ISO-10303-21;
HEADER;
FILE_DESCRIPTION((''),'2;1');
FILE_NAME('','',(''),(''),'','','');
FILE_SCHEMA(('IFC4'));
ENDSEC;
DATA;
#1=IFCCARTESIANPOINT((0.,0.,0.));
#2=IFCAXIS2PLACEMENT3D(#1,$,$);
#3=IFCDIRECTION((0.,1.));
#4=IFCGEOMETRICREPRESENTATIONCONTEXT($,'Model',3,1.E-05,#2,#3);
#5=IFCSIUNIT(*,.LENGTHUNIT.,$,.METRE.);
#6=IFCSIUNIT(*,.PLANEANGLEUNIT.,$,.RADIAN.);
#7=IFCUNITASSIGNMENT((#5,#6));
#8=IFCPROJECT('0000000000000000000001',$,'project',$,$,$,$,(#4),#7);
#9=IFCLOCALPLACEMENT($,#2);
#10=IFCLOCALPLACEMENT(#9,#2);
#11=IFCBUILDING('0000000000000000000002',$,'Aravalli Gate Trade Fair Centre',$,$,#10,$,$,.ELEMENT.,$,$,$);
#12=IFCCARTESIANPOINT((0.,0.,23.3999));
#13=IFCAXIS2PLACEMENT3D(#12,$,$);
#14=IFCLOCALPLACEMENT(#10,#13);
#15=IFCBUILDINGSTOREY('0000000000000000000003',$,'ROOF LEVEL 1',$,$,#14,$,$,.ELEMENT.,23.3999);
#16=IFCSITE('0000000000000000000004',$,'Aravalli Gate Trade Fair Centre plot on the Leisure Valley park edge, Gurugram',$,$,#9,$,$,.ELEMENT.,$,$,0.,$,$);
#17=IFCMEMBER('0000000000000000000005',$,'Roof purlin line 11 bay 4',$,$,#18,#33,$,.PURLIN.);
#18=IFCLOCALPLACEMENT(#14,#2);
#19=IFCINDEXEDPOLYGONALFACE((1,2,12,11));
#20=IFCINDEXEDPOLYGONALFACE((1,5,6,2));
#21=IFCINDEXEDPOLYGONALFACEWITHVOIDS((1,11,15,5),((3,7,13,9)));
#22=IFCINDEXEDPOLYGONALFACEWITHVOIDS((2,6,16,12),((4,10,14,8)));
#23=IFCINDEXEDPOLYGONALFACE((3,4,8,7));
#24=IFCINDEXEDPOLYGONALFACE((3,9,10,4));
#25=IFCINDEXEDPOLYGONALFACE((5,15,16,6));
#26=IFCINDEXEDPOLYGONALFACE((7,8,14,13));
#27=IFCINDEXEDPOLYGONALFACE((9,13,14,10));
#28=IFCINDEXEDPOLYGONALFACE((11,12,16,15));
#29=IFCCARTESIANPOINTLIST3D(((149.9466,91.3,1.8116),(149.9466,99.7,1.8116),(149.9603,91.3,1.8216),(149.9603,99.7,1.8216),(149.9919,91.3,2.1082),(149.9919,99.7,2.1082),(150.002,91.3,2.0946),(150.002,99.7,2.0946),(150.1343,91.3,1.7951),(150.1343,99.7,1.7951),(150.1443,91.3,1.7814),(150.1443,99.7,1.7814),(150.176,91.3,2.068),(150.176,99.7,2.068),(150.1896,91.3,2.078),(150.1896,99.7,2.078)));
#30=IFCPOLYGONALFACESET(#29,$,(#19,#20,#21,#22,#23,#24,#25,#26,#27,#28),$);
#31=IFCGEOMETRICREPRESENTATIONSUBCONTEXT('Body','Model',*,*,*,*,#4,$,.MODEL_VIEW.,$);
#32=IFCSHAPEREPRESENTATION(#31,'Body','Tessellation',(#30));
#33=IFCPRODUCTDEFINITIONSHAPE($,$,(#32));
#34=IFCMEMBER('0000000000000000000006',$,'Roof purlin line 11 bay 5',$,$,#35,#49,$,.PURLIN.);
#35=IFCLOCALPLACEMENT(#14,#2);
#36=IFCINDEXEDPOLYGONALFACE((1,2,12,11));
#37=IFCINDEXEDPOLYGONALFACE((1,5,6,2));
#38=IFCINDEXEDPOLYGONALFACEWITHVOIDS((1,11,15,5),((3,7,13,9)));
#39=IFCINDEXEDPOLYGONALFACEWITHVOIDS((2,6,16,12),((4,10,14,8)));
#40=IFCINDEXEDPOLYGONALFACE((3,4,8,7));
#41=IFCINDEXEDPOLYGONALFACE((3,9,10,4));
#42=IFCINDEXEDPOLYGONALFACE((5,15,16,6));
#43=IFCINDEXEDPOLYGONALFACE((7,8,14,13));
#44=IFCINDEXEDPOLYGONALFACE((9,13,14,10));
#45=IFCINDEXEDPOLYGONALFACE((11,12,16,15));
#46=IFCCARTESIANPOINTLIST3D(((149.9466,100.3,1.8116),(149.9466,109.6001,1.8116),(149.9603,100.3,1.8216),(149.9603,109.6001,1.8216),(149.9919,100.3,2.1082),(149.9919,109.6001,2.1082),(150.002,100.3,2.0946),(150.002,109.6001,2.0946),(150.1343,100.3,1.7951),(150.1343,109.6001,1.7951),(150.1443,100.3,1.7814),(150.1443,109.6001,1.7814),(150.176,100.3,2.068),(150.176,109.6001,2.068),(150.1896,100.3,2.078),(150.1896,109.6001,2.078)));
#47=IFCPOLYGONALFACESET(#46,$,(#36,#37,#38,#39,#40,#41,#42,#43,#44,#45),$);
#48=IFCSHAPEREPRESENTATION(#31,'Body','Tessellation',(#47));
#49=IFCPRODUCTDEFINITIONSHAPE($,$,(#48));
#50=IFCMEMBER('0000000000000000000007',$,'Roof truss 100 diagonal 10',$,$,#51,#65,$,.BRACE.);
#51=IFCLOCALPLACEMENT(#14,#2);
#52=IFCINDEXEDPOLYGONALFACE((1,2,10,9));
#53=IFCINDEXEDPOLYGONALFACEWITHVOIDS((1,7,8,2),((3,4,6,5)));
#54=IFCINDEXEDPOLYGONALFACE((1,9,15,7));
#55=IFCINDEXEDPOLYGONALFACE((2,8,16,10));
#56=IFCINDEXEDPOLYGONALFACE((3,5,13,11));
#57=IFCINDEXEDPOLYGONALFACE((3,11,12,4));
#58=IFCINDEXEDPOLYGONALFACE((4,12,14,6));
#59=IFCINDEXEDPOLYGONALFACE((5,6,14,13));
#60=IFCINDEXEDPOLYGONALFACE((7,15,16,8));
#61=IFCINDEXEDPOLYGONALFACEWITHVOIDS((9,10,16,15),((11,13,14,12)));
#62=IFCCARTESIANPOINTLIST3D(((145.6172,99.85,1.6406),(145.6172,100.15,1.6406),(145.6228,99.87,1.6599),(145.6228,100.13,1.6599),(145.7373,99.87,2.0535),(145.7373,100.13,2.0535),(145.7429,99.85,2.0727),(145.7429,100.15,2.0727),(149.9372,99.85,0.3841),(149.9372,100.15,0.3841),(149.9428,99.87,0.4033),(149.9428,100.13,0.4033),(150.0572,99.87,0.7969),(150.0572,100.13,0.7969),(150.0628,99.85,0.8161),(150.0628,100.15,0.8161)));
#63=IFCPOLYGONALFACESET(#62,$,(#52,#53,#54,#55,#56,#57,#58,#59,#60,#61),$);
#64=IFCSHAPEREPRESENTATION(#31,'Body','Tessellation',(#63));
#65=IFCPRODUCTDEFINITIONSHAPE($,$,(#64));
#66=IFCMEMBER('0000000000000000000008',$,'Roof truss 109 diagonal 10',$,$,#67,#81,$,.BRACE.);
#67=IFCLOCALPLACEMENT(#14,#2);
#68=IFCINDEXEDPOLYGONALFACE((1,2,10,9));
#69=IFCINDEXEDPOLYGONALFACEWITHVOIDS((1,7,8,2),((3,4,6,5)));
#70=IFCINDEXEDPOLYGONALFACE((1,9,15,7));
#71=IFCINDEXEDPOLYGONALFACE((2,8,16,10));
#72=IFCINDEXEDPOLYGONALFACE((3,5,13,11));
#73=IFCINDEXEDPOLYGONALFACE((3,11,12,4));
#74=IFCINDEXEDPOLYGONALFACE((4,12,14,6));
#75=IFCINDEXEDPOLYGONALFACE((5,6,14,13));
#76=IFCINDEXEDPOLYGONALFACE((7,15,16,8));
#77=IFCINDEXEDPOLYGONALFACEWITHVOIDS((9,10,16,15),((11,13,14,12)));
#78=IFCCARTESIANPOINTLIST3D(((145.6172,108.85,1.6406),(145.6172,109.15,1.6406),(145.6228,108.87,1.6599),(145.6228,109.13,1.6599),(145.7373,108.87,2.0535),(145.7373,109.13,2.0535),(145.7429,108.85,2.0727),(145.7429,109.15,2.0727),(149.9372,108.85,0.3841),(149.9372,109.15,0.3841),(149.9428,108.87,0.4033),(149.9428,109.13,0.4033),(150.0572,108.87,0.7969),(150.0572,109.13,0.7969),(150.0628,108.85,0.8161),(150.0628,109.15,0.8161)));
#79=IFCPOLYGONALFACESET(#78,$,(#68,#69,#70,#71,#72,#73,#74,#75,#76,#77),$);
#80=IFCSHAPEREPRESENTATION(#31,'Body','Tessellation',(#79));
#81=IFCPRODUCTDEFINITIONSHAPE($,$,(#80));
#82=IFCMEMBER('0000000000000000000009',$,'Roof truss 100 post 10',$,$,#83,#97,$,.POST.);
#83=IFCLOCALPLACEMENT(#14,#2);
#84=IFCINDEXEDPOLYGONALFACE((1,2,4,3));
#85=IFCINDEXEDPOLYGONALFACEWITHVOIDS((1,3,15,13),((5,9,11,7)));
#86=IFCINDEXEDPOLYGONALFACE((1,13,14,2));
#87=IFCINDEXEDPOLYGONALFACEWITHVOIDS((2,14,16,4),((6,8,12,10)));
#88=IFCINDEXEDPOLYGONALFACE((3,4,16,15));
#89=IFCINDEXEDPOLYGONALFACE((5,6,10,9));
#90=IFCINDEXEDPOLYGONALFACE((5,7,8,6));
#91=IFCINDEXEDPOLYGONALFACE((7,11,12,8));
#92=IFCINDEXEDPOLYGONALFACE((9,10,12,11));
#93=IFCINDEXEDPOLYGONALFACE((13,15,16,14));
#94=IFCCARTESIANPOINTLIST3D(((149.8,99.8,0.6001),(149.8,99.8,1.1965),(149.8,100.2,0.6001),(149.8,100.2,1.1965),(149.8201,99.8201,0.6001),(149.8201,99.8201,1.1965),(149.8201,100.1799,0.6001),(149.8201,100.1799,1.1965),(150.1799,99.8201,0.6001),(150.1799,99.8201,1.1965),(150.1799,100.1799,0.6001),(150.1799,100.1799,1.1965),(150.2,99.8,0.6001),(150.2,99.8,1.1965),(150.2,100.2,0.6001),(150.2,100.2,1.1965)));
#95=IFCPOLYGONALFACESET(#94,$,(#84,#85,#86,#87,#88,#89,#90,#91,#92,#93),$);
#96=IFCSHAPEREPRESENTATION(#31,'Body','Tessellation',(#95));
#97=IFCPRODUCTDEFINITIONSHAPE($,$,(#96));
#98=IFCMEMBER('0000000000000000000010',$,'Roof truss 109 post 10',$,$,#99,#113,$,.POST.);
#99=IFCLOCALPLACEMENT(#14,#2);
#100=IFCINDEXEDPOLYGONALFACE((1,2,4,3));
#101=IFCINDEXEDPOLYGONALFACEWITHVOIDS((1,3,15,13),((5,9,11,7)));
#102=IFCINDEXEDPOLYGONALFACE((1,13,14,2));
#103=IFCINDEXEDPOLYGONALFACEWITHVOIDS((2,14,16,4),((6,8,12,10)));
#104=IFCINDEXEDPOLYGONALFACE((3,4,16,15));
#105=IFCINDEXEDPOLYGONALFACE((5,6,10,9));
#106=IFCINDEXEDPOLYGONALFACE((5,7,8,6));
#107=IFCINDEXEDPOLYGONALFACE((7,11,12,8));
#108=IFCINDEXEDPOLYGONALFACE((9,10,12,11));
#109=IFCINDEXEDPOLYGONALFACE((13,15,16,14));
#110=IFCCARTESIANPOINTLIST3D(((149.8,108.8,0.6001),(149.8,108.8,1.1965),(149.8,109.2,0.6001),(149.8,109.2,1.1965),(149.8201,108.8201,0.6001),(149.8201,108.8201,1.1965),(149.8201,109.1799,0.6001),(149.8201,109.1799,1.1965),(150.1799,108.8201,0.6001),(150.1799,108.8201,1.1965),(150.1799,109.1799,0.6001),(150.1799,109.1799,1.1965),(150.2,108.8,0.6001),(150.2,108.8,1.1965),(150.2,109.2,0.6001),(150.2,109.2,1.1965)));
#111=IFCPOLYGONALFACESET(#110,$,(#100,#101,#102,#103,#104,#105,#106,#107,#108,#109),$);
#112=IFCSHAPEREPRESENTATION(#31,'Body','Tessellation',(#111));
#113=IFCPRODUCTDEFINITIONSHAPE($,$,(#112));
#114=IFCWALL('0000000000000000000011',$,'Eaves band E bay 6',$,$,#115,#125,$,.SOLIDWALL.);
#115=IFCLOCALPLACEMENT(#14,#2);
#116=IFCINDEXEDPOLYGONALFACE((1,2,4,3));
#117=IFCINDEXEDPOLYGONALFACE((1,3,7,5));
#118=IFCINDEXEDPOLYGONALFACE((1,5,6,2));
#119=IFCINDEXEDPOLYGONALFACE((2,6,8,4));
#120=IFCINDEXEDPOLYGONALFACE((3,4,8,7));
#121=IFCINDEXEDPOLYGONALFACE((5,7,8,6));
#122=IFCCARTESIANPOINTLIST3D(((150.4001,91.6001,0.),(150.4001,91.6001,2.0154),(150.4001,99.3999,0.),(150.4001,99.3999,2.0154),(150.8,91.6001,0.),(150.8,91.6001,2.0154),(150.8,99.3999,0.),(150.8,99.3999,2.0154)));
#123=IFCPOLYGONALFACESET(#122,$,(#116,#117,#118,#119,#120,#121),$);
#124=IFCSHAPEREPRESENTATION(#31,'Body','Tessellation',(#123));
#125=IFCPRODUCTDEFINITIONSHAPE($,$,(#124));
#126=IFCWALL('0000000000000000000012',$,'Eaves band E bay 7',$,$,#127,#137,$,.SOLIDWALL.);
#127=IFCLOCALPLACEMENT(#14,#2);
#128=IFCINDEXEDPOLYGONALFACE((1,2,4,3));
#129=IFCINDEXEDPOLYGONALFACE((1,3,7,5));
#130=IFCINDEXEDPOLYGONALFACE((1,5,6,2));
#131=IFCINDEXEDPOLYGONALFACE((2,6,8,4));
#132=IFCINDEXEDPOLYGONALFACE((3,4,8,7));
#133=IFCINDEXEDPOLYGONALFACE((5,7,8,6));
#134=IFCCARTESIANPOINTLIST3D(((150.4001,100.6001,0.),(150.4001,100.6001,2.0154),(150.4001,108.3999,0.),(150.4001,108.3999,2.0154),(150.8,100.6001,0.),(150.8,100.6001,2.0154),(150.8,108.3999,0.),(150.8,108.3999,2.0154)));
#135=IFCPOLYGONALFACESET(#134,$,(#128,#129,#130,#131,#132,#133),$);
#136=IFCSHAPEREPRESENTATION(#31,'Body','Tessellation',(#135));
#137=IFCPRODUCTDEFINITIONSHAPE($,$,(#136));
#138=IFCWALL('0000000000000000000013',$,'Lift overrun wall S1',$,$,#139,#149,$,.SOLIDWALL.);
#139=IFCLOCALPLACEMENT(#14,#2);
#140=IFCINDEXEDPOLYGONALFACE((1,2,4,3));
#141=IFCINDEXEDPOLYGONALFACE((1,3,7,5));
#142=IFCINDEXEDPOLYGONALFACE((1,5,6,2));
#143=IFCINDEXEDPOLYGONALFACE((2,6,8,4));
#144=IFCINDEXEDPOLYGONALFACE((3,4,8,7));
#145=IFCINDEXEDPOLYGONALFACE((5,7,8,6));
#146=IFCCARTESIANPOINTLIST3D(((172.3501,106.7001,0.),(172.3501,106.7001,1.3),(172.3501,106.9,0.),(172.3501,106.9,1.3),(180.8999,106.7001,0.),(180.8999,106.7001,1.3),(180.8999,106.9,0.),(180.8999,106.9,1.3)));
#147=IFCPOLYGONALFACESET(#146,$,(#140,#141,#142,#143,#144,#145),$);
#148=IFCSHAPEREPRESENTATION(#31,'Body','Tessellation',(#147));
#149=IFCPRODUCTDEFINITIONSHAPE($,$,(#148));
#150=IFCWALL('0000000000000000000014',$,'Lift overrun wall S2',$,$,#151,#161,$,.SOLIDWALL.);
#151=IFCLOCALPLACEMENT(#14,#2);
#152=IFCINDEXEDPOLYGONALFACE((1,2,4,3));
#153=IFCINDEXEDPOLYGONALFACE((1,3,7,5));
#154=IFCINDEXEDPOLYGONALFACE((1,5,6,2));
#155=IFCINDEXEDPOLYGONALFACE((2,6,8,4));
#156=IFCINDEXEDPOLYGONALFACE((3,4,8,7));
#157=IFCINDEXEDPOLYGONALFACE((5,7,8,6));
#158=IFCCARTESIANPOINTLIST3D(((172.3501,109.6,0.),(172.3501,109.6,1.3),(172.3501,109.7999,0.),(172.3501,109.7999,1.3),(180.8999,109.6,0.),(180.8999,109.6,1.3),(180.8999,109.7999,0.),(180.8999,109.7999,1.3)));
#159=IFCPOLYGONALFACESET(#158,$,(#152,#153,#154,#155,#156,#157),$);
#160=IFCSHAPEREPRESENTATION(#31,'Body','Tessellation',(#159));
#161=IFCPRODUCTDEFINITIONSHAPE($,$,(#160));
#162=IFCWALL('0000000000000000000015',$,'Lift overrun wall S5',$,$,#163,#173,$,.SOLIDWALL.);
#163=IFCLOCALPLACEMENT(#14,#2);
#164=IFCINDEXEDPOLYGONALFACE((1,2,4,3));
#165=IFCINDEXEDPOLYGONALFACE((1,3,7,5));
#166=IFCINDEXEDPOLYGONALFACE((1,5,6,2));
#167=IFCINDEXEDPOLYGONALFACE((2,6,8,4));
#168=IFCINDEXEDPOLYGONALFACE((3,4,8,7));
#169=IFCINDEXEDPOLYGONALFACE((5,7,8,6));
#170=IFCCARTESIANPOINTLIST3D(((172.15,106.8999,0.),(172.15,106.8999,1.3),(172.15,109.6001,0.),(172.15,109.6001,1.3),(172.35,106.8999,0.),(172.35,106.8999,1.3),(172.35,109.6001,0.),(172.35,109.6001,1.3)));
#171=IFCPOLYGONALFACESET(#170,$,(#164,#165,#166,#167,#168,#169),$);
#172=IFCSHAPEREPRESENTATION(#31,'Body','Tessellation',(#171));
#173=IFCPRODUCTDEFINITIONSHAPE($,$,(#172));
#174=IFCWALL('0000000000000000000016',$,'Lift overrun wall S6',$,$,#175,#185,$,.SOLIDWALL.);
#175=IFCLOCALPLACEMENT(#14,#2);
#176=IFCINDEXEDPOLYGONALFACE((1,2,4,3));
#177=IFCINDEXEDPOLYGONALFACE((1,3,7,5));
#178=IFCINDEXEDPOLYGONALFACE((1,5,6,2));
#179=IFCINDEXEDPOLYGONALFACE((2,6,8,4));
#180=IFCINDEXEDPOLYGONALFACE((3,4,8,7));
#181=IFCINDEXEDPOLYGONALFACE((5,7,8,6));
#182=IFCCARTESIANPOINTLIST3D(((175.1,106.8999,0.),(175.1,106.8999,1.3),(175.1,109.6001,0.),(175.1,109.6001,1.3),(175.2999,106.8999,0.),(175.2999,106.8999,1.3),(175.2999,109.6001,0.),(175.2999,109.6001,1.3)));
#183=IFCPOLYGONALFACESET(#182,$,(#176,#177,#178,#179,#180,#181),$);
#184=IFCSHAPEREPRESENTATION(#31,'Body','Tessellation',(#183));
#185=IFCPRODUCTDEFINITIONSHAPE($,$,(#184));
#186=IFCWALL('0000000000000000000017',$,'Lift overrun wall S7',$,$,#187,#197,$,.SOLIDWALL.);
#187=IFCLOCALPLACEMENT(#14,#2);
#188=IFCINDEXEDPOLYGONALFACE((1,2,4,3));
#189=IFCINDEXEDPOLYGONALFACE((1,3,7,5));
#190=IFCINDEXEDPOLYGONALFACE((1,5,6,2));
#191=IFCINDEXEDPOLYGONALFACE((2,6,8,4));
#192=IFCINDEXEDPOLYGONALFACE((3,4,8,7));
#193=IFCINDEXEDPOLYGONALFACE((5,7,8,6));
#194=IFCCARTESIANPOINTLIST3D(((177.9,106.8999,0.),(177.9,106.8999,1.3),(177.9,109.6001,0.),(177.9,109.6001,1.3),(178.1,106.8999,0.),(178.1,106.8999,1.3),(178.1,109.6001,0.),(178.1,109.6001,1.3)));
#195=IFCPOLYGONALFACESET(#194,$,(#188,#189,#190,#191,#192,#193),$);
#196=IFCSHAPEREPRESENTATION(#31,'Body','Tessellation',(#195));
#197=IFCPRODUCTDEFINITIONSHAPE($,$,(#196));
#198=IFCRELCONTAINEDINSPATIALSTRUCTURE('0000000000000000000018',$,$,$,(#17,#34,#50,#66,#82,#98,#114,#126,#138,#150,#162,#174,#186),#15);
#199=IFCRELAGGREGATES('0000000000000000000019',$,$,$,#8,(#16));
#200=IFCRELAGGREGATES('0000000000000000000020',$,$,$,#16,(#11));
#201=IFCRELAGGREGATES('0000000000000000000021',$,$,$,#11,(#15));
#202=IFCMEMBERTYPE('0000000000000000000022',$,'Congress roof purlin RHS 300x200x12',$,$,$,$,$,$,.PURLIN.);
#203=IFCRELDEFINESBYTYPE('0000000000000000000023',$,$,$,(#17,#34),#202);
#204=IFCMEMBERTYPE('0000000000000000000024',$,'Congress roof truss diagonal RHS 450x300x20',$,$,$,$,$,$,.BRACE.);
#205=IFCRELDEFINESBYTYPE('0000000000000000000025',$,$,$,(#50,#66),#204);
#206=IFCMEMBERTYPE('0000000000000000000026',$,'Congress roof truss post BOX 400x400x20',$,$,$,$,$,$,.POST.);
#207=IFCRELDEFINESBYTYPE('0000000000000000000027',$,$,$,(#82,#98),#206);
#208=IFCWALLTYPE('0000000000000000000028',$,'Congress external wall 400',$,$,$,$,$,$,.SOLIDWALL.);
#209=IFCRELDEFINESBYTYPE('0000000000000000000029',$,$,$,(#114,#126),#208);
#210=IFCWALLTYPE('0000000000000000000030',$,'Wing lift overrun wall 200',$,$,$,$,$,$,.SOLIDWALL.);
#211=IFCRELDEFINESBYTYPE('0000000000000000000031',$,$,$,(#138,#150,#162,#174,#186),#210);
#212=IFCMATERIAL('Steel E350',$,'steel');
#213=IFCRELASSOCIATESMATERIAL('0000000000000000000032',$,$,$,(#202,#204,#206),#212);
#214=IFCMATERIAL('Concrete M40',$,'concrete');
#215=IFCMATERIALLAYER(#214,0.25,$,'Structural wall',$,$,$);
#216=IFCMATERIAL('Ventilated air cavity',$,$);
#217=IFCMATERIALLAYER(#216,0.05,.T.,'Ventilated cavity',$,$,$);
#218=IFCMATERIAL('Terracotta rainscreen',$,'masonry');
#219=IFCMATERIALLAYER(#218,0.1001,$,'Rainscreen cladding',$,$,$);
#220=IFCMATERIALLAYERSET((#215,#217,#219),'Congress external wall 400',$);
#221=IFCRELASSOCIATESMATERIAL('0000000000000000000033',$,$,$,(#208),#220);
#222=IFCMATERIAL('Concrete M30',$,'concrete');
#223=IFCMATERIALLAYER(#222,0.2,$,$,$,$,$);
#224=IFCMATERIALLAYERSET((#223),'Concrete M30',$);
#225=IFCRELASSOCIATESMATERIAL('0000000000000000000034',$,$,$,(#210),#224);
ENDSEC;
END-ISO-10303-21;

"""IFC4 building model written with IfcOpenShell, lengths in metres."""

from ifc_helpers import new_model, si_unit, direction, frame, frame_2d, origin, origin_2d, place, context, subcontext, project, spatial, rectangle, hollow_rectangle, extrude, material, layer, layer_set, material_profile, profile_set, type_object, element, save


model = new_model("IFC4")

# Units and contexts
model_context = context("Model", 3, precision=1e-05, world=origin(), true_north=direction((0.0, 1.0)))
body_context = subcontext(model_context, "Body", "Model", "MODEL_VIEW")
ifc_project = project(units=[si_unit("LENGTHUNIT", "METRE"), si_unit("PLANEANGLEUNIT", "RADIAN")], contexts=[model_context])

# Site, building, storey
site_placement = place(None, origin())
site = spatial("IfcSite", under=ifc_project, at=site_placement, Name="Aravalli Gate Trade Fair Centre plot on the Leisure Valley park edge, Gurugram", CompositionType="ELEMENT", RefElevation=0.0)
building_placement = place(site_placement, origin())
building = spatial("IfcBuilding", under=site, at=building_placement, Name="Aravalli Gate Trade Fair Centre", CompositionType="ELEMENT")
storey_placement = place(building_placement, frame((0.0, 0.0, 23.3999)))
storey = spatial("IfcBuildingStorey", under=building, at=storey_placement, Name="ROOF LEVEL 1", CompositionType="ELEMENT", Elevation=23.3999)

# Members
ifc_material_1 = material(Name="Steel E350", Category="steel")
ifc_material_profile_1 = material_profile(ifc_material_1, hollow_rectangle(XDim=0.2, YDim=0.3, WallThickness=0.012, at=origin_2d()), Name="RHS 300x200x12")
ifc_profile_set_1 = profile_set([ifc_material_profile_1], Name="Steel E350")
member_type_1 = type_object("IfcMemberType", Name="Congress roof purlin RHS 300x200x12", PredefinedType="PURLIN", material=ifc_profile_set_1)
member_1_placement = place(storey_placement, frame((150.0681, 91.3, 1.9448), z_axis=(0.0, 1.0, 0.0), x_axis=(-0.98853, 0.0, 0.151026)))
element("IfcMember", 1, at=member_1_placement, inside=storey, type_object=member_type_1, Name="Roof purlin line 11 bay 4", PredefinedType="PURLIN", context=body_context, shape_type="SweptSolid", body=[
    extrude(hollow_rectangle(XDim=0.2, YDim=0.3, WallThickness=0.012, at=origin_2d()), origin(), (0.0, 0.0, 1.0), 8.3999),
])
member_2_placement = place(storey_placement, frame((150.0681, 100.3, 1.9448), z_axis=(0.0, 1.0, 0.0), x_axis=(-0.98853, 0.0, 0.151026)))
element("IfcMember", 2, at=member_2_placement, inside=storey, type_object=member_type_1, Name="Roof purlin line 11 bay 5", PredefinedType="PURLIN", context=body_context, shape_type="SweptSolid", body=[
    extrude(hollow_rectangle(XDim=0.2, YDim=0.3, WallThickness=0.012, at=origin_2d()), origin(), (0.0, 0.0, 1.0), 9.3),
])
ifc_material_profile_2 = material_profile(ifc_material_1, hollow_rectangle(XDim=0.3, YDim=0.45, WallThickness=0.02, at=origin_2d()), Name="RHS 450x300x20")
ifc_profile_set_2 = profile_set([ifc_material_profile_2], Name="Steel E350")
member_type_2 = type_object("IfcMemberType", Name="Congress roof truss diagonal RHS 450x300x20", PredefinedType="BRACE", material=ifc_profile_set_2)
for number, where, z_axis, x_axis, name in (
    (3, (150.0, 100.0, 0.6001), (-0.960205, 0.0, 0.279298), (0.0, -1.0, 0.0), "Roof truss 100 diagonal 10"),
    (4, (150.0, 109.0, 0.6001), (-0.960205, 0.0, 0.279298), (0.0, -1.0, 0.0), "Roof truss 109 diagonal 10"),
):
    element("IfcMember", number, at=place(storey_placement, frame(where, z_axis=z_axis, x_axis=x_axis)), inside=storey, type_object=member_type_2, Name=name, PredefinedType="BRACE", context=body_context, shape_type="SweptSolid", body=[
        extrude(hollow_rectangle(XDim=0.3, YDim=0.45, WallThickness=0.02, at=origin_2d()), origin(), (0.0, 0.0, 1.0), 4.499),
    ])
ifc_material_profile_3 = material_profile(ifc_material_1, hollow_rectangle(XDim=0.3999, YDim=0.3999, WallThickness=0.02, at=origin_2d()), Name="BOX 400x400x20")
ifc_profile_set_3 = profile_set([ifc_material_profile_3], Name="Steel E350")
member_type_3 = type_object("IfcMemberType", Name="Congress roof truss post BOX 400x400x20", PredefinedType="POST", material=ifc_profile_set_3)
for number, where, z_axis, x_axis, name in (
    (5, (150.0, 100.0, 0.6001), (0.0, 0.0, 1.0), (1.0, 0.0, 0.0), "Roof truss 100 post 10"),
    (6, (150.0, 109.0, 0.6001), (0.0, 0.0, 1.0), (1.0, 0.0, 0.0), "Roof truss 109 post 10"),
):
    element("IfcMember", number, at=place(storey_placement, frame(where, z_axis=z_axis, x_axis=x_axis)), inside=storey, type_object=member_type_3, Name=name, PredefinedType="POST", context=body_context, shape_type="SweptSolid", body=[
        extrude(hollow_rectangle(XDim=0.3999, YDim=0.3999, WallThickness=0.02, at=origin_2d()), origin(), (0.0, 0.0, 1.0), 0.5964),
    ])

# Walls
ifc_material_2 = material(Name="Concrete M40", Category="concrete")
ifc_layer_1 = layer(ifc_material_2, 0.25, Name="Structural wall")
ifc_material_3 = material(Name="Ventilated air cavity")
ifc_layer_2 = layer(ifc_material_3, 0.05, ventilated=True, Name="Ventilated cavity")
ifc_material_4 = material(Name="Terracotta rainscreen", Category="masonry")
ifc_layer_3 = layer(ifc_material_4, 0.1001, Name="Rainscreen cladding")
ifc_layer_set_1 = layer_set([ifc_layer_1, ifc_layer_2, ifc_layer_3], Name="Congress external wall 400")
wall_type_1 = type_object("IfcWallType", Name="Congress external wall 400", PredefinedType="SOLIDWALL", material=ifc_layer_set_1)
for number, where, z_axis, x_axis, name in (
    (7, (150.6001, 91.6001, 0.0), (0.0, 0.0, 1.0), (0.0, 1.0, 0.0), "Eaves band E bay 6"),
    (8, (150.6001, 100.6001, 0.0), (0.0, 0.0, 1.0), (0.0, 1.0, 0.0), "Eaves band E bay 7"),
):
    element("IfcWall", number, at=place(storey_placement, frame(where, z_axis=z_axis, x_axis=x_axis)), inside=storey, type_object=wall_type_1, Name=name, PredefinedType="SOLIDWALL", context=body_context, shape_type="SweptSolid", body=[
        extrude(rectangle(XDim=7.7998, YDim=0.3999, at=frame_2d((3.8999, 0.0))), origin(), (0.0, 0.0, 1.0), 2.0154),
    ])
ifc_material_5 = material(Name="Concrete M30", Category="concrete")
ifc_layer_4 = layer(ifc_material_5, 0.2)
ifc_layer_set_2 = layer_set([ifc_layer_4], Name="Concrete M30")
wall_type_2 = type_object("IfcWallType", Name="Wing lift overrun wall 200", PredefinedType="SOLIDWALL", material=ifc_layer_set_2)
for number, where, z_axis, x_axis, name in (
    (9, (172.3501, 106.8, 0.0), (0.0, 0.0, 1.0), (1.0, 0.0, 0.0), "Lift overrun wall S1"),
    (10, (172.3501, 109.7, 0.0), (0.0, 0.0, 1.0), (1.0, 0.0, 0.0), "Lift overrun wall S2"),
):
    element("IfcWall", number, at=place(storey_placement, frame(where, z_axis=z_axis, x_axis=x_axis)), inside=storey, type_object=wall_type_2, Name=name, PredefinedType="SOLIDWALL", context=body_context, shape_type="SweptSolid", body=[
        extrude(rectangle(XDim=8.5498, YDim=0.2, at=frame_2d((4.2749, 0.0))), origin(), (0.0, 0.0, 1.0), 1.3),
    ])
for number, where, z_axis, x_axis, name in (
    (11, (172.25, 106.8999, 0.0), (0.0, 0.0, 1.0), (0.0, 1.0, 0.0), "Lift overrun wall S5"),
    (12, (175.2, 106.8999, 0.0), (0.0, 0.0, 1.0), (0.0, 1.0, 0.0), "Lift overrun wall S6"),
    (13, (178.0, 106.8999, 0.0), (0.0, 0.0, 1.0), (0.0, 1.0, 0.0), "Lift overrun wall S7"),
):
    element("IfcWall", number, at=place(storey_placement, frame(where, z_axis=z_axis, x_axis=x_axis)), inside=storey, type_object=wall_type_2, Name=name, PredefinedType="SOLIDWALL", context=body_context, shape_type="SweptSolid", body=[
        extrude(rectangle(XDim=2.7002, YDim=0.2, at=frame_2d((1.3501, 0.0))), origin(), (0.0, 0.0, 1.0), 1.3),
    ])

save(model, "model.ifc")
